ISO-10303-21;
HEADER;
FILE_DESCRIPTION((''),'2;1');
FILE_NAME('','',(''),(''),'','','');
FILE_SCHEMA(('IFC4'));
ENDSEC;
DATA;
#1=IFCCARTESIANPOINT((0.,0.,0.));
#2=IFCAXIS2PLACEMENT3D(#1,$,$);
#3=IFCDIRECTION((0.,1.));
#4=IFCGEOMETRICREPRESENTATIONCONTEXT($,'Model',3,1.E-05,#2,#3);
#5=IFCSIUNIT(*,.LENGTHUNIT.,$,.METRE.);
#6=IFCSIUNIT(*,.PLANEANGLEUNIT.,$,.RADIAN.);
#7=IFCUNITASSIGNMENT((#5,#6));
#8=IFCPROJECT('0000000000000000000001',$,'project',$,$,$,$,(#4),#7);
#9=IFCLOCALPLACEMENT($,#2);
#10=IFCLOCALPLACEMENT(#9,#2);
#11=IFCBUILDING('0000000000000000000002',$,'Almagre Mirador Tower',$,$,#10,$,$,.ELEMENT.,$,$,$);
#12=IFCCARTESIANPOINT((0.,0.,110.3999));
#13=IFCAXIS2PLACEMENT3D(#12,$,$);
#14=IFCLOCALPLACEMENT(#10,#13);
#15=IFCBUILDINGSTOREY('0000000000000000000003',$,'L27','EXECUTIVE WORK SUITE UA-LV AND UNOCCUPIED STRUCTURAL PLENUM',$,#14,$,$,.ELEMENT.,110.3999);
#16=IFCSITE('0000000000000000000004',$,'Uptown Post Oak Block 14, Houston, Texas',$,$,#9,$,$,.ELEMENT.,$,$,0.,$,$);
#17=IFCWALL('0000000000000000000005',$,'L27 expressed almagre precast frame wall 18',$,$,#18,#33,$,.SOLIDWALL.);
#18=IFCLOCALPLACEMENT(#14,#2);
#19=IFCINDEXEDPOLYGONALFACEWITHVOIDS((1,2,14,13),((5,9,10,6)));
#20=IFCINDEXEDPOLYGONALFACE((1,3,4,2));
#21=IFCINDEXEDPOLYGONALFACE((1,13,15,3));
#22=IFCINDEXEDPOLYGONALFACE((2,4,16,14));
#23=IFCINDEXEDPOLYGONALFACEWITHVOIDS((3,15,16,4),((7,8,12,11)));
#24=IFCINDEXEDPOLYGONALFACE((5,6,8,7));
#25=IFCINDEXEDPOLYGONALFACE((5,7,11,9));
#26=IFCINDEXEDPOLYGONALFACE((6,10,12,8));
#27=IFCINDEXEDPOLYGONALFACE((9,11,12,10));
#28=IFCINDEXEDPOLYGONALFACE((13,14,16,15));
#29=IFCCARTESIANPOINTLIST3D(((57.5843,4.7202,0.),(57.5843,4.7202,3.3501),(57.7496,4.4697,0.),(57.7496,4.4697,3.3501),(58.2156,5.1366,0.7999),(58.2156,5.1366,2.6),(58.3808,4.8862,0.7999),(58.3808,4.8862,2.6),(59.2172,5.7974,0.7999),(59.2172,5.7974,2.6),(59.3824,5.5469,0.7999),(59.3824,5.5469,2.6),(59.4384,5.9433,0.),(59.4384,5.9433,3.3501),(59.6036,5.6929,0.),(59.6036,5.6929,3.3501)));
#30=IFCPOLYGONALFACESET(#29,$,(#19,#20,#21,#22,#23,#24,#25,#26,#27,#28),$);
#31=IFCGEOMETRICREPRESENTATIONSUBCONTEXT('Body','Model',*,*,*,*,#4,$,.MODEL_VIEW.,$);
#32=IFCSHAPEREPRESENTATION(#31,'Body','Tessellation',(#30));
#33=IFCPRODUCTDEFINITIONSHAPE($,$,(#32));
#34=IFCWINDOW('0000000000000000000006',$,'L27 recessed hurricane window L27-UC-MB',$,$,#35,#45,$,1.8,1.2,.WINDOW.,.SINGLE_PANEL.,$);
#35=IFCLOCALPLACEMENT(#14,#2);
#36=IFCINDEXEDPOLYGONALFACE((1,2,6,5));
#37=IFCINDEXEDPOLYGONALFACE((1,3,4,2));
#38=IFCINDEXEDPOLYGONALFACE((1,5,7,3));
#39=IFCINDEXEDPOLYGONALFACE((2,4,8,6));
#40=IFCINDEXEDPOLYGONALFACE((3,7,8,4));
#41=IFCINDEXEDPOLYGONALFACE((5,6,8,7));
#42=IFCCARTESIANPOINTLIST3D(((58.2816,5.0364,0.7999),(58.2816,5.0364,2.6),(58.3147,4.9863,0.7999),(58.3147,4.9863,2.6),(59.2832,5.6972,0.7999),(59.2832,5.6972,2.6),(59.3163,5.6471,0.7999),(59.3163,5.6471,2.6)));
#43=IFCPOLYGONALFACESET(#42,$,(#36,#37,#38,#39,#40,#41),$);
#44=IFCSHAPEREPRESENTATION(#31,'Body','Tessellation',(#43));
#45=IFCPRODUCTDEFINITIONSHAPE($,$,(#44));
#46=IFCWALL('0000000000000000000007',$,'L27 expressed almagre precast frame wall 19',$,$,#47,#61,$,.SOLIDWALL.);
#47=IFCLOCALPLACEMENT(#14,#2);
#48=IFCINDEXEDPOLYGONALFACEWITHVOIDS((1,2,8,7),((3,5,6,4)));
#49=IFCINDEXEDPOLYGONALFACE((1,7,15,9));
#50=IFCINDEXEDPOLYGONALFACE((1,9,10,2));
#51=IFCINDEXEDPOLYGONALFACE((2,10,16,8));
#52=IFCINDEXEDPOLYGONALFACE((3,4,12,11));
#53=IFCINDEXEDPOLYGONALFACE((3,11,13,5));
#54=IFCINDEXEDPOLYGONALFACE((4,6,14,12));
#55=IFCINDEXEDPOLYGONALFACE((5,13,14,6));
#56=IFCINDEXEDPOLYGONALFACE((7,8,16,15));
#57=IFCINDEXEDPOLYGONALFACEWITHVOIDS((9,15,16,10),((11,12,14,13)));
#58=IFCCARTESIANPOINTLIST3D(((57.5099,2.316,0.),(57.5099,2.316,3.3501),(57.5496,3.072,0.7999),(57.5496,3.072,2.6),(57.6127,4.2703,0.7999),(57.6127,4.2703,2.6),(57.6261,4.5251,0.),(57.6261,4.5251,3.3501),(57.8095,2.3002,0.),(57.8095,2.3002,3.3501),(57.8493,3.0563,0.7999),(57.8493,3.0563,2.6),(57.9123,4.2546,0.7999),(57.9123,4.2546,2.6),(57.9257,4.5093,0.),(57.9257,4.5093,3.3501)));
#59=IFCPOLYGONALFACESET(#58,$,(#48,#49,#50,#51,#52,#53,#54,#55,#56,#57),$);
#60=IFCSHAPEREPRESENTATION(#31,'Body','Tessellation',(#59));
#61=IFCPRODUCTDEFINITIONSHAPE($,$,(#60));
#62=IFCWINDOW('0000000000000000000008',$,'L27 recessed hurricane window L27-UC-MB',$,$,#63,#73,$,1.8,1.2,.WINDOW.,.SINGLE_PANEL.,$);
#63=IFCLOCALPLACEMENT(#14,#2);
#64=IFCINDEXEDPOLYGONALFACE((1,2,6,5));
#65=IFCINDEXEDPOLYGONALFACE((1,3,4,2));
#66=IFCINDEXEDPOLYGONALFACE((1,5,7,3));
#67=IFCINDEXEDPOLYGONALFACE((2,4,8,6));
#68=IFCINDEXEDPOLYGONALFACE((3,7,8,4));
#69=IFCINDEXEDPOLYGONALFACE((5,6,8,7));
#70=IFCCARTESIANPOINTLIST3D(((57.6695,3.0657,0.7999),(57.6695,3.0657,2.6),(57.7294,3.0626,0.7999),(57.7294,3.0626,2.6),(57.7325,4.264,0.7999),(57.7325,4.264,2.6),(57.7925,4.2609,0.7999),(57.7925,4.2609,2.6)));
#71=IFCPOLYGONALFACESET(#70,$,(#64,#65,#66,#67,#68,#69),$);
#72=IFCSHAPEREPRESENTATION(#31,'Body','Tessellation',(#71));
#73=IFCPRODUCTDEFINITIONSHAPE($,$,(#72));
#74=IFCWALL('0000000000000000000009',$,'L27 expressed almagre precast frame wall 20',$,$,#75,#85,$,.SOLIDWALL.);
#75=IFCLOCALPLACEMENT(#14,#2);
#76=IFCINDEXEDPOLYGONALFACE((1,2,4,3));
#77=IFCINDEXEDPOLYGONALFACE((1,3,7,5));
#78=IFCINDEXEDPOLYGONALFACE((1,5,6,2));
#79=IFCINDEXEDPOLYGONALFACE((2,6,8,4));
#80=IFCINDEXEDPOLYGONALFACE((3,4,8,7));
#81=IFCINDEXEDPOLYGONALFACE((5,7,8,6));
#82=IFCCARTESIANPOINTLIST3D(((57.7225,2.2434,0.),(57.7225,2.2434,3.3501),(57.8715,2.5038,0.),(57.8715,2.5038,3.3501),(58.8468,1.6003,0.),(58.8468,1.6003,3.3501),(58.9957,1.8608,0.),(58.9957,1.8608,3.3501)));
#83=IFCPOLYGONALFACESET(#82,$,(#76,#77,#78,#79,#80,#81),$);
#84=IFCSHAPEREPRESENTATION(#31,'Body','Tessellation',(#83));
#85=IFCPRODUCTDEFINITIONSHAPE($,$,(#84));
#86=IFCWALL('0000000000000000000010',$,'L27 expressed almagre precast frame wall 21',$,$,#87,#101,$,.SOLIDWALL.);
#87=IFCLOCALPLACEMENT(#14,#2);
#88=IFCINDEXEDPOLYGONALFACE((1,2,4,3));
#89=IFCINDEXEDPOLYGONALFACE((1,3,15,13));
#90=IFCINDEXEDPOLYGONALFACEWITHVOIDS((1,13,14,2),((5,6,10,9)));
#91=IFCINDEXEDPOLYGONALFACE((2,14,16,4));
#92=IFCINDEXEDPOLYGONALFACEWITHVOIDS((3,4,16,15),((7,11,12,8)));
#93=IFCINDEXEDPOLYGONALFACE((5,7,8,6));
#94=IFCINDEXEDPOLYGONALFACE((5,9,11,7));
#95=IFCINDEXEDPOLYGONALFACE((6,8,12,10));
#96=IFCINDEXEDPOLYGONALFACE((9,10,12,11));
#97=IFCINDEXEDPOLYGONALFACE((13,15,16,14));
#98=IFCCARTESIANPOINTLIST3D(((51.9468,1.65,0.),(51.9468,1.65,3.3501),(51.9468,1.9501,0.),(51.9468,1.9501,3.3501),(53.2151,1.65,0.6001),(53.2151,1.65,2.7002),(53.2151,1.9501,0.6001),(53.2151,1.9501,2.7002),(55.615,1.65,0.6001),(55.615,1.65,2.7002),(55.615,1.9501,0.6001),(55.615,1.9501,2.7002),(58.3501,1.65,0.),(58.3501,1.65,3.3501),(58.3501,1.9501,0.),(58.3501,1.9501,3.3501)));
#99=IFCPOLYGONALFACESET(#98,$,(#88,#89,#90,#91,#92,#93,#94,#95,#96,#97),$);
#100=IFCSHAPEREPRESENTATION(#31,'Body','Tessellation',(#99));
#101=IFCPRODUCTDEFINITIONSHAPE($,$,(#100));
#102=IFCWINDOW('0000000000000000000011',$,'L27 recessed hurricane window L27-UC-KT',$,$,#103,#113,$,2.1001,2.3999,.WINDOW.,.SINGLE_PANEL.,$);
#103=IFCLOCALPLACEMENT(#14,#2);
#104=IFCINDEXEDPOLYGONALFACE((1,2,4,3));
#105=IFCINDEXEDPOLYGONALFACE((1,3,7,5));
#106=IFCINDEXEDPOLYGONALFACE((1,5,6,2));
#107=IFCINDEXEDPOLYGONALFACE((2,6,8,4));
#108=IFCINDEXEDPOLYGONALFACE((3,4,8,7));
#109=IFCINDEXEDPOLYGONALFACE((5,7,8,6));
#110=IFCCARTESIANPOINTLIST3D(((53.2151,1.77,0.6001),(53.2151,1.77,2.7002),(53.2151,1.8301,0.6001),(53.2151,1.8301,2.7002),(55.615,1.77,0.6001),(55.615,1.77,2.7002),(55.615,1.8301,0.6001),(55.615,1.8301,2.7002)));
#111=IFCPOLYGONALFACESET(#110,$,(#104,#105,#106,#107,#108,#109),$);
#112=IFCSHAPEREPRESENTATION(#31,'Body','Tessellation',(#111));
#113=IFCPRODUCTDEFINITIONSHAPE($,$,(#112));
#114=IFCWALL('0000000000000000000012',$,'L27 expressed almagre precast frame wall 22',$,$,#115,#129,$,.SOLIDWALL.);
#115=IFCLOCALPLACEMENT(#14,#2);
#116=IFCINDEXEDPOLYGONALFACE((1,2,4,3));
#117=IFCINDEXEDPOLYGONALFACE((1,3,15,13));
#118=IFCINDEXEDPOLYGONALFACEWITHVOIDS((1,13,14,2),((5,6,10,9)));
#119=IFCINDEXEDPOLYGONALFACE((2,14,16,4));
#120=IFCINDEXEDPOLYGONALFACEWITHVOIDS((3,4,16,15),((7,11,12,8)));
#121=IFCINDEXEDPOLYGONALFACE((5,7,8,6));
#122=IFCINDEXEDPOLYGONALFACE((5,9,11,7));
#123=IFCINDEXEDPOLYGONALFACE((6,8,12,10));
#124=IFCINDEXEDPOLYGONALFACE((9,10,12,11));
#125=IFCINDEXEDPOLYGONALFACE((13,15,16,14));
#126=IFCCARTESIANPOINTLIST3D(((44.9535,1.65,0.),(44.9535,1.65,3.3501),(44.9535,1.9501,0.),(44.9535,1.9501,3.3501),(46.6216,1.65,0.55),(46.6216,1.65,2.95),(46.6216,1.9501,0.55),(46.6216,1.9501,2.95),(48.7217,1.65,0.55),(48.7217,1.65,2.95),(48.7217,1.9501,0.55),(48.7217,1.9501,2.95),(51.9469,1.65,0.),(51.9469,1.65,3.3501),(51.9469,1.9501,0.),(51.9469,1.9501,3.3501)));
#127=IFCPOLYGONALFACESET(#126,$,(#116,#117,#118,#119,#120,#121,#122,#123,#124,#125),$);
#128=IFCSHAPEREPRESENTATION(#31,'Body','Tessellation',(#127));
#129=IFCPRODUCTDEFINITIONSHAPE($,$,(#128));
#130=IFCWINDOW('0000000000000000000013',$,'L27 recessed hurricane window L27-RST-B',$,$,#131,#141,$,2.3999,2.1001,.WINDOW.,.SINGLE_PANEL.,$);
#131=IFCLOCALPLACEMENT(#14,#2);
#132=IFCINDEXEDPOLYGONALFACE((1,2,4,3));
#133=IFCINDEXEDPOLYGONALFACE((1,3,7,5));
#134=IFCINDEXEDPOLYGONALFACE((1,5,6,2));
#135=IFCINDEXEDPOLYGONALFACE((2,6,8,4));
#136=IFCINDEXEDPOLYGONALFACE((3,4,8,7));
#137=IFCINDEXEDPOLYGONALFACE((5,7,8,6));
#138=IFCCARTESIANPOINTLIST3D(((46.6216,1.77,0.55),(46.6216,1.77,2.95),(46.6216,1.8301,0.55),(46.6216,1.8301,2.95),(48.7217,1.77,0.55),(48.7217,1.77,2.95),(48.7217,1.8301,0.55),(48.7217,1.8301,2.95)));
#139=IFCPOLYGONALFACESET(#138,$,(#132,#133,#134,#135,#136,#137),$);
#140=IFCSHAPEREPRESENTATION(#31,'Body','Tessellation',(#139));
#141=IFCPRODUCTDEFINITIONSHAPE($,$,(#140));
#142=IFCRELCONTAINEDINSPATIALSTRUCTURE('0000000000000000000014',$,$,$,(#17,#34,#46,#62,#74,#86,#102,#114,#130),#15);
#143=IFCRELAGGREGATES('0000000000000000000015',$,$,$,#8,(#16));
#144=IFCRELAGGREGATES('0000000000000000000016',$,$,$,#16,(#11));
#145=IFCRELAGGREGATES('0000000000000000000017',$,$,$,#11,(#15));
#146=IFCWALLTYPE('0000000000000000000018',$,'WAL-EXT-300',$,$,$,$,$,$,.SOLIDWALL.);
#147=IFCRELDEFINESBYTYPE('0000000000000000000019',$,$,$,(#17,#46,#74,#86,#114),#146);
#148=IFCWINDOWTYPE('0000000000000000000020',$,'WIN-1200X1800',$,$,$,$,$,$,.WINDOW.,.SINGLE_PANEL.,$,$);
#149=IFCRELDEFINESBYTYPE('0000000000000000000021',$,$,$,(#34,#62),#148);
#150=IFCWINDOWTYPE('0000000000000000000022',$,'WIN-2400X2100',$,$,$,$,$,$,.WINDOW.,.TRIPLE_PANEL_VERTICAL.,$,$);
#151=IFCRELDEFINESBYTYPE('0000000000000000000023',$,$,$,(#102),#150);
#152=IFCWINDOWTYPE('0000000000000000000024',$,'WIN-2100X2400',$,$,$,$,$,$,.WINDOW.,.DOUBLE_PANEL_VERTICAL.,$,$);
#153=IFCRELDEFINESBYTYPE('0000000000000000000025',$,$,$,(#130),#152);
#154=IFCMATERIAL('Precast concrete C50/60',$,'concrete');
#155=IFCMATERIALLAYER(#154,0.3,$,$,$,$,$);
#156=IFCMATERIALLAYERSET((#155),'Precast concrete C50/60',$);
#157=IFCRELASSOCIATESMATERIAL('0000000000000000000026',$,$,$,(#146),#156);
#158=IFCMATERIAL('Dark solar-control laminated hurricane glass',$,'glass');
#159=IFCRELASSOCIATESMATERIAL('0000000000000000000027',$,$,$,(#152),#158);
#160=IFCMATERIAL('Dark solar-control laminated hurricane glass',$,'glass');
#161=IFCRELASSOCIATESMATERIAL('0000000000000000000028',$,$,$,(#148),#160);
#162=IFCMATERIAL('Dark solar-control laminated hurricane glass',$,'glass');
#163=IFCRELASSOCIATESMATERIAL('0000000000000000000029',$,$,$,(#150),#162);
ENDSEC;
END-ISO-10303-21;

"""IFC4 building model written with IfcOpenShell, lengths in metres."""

from ifc_helpers import new_model, si_unit, direction, frame, frame_2d, origin, place, context, subcontext, project, spatial, rectangle, extrude, material, layer, layer_set, type_object, element, fill, save


model = new_model("IFC4")

# Units and contexts
model_context = context("Model", 3, precision=1e-05, world=origin(), true_north=direction((0.0, 1.0)))
body_context = subcontext(model_context, "Body", "Model", "MODEL_VIEW")
ifc_project = project(units=[si_unit("LENGTHUNIT", "METRE"), si_unit("PLANEANGLEUNIT", "RADIAN")], contexts=[model_context])

# Site, building, storey
site_placement = place(None, origin())
site = spatial("IfcSite", under=ifc_project, at=site_placement, Name="Uptown Post Oak Block 14, Houston, Texas", CompositionType="ELEMENT", RefElevation=0.0)
building_placement = place(site_placement, origin())
building = spatial("IfcBuilding", under=site, at=building_placement, Name="Almagre Mirador Tower", CompositionType="ELEMENT")
storey_placement = place(building_placement, frame((0.0, 0.0, 110.3999)))
storey = spatial("IfcBuildingStorey", under=building, at=storey_placement, Name="L27", Description="EXECUTIVE WORK SUITE UA-LV AND UNOCCUPIED STRUCTURAL PLENUM", CompositionType="ELEMENT", Elevation=110.3999)

# Shared definitions
ifc_material_1 = material(Name="Precast concrete C50/60", Category="concrete")
ifc_layer = layer(ifc_material_1, 0.3)
ifc_layer_set = layer_set([ifc_layer], Name="Precast concrete C50/60")
wall_type = type_object("IfcWallType", Name="WAL-EXT-300", PredefinedType="SOLIDWALL", material=ifc_layer_set)

# Shared definitions
ifc_material_2 = material(Name="Dark solar-control laminated hurricane glass", Category="glass")
window_type_1 = type_object("IfcWindowType", Name="WIN-2100X2400", PartitioningType="DOUBLE_PANEL_VERTICAL", PredefinedType="WINDOW", material=ifc_material_2)

# Walls, openings, windows
wall_1_placement = place(storey_placement, frame((59.521, 5.8181, 0.0), z_axis=(0.0, 0.0, 1.0), x_axis=(-0.834712, -0.550686, 0.0)))
wall_1 = element("IfcWall", 1, at=wall_1_placement, inside=storey, type_object=wall_type, Name="L27 expressed almagre precast frame wall 18", PredefinedType="SOLIDWALL", context=body_context, shape_type="SweptSolid", body=[
    extrude(rectangle(XDim=2.2212, YDim=0.3, at=frame_2d((1.1106, 0.0))), origin(), (0.0, 0.0, 1.0), 3.3501),
])
opening_1_placement = place(wall_1_placement, frame((0.2649, 0.0, 0.8)))
opening_1 = element("IfcOpeningElement", 2, at=opening_1_placement, cuts=wall_1, PredefinedType="OPENING", context=body_context, shape_type="SweptSolid", body=[
    extrude(rectangle(XDim=1.2, YDim=1.8, at=frame_2d((0.6001, 0.8999))), frame((0.0, 0.1599, 0.0), z_axis=(0.0, -1.0, 0.0), x_axis=(1.0, 0.0, 0.0)), (0.0, 0.0, 1.0), 0.32),
])
ifc_material_3 = material(Name="Dark solar-control laminated hurricane glass", Category="glass")
window_type_2 = type_object("IfcWindowType", Name="WIN-1200X1800", PartitioningType="SINGLE_PANEL", PredefinedType="WINDOW", material=ifc_material_3)
window_1_placement = place(opening_1_placement, origin())
window_1 = element("IfcWindow", 3, at=window_1_placement, inside=storey, type_object=window_type_2, Name="L27 recessed hurricane window L27-UC-MB", OverallHeight=1.8, OverallWidth=1.2, PartitioningType="SINGLE_PANEL", PredefinedType="WINDOW", context=body_context, shape_type="SweptSolid", body=[
    extrude(rectangle(XDim=1.2, YDim=1.8, at=frame_2d((0.6001, 0.8999))), frame((0.0, 0.03, 0.0), z_axis=(0.0, -1.0, 0.0), x_axis=(1.0, 0.0, 0.0)), (0.0, 0.0, 1.0), 0.0601),
])
fill(opening_1, window_1)
wall_2_placement = place(storey_placement, frame((57.7759, 4.5171, 0.0), z_axis=(0.0, 0.0, 1.0), x_axis=(-0.052536, -0.998619, 0.0)))
wall_2 = element("IfcWall", 4, at=wall_2_placement, inside=storey, type_object=wall_type, Name="L27 expressed almagre precast frame wall 19", PredefinedType="SOLIDWALL", context=body_context, shape_type="SweptSolid", body=[
    extrude(rectangle(XDim=2.2122, YDim=0.3, at=frame_2d((1.106, 0.0))), origin(), (0.0, 0.0, 1.0), 3.3501),
])
opening_2_placement = place(wall_2_placement, frame((0.2549, 0.0, 0.8)))
opening_2 = element("IfcOpeningElement", 5, at=opening_2_placement, cuts=wall_2, PredefinedType="OPENING", context=body_context, shape_type="SweptSolid", body=[
    extrude(rectangle(XDim=1.2, YDim=1.8, at=frame_2d((0.6001, 0.8999))), frame((0.0, 0.1599, 0.0), z_axis=(0.0, -1.0, 0.0), x_axis=(1.0, 0.0, 0.0)), (0.0, 0.0, 1.0), 0.32),
])
window_2_placement = place(opening_2_placement, origin())
window_2 = element("IfcWindow", 6, at=window_2_placement, inside=storey, type_object=window_type_2, Name="L27 recessed hurricane window L27-UC-MB", OverallHeight=1.8, OverallWidth=1.2, PartitioningType="SINGLE_PANEL", PredefinedType="WINDOW", context=body_context, shape_type="SweptSolid", body=[
    extrude(rectangle(XDim=1.2, YDim=1.8, at=frame_2d((0.6001, 0.8999))), frame((0.0, 0.03, 0.0), z_axis=(0.0, -1.0, 0.0), x_axis=(1.0, 0.0, 0.0)), (0.0, 0.0, 1.0), 0.0601),
])
fill(opening_2, window_2)

# Wall
wall_3_placement = place(storey_placement, frame((57.7971, 2.3735, 0.0), z_axis=(0.0, 0.0, 1.0), x_axis=(0.868034, -0.496504, 0.0)))
element("IfcWall", 7, at=wall_3_placement, inside=storey, type_object=wall_type, Name="L27 expressed almagre precast frame wall 20", PredefinedType="SOLIDWALL", context=body_context, shape_type="SweptSolid", body=[
    extrude(rectangle(XDim=1.2952, YDim=0.3, at=frame_2d((0.6475, 0.0))), origin(), (0.0, 0.0, 1.0), 3.3501),
])

# Walls, openings, windows
wall_4_placement = place(storey_placement, frame((58.3501, 1.8, 0.0), z_axis=(0.0, 0.0, 1.0), x_axis=(-1.0, 0.0, 0.0)))
wall_4 = element("IfcWall", 8, at=wall_4_placement, inside=storey, type_object=wall_type, Name="L27 expressed almagre precast frame wall 21", PredefinedType="SOLIDWALL", context=body_context, shape_type="SweptSolid", body=[
    extrude(rectangle(XDim=6.4033, YDim=0.3, at=frame_2d((3.2017, 0.0))), origin(), (0.0, 0.0, 1.0), 3.3501),
])
opening_3_placement = place(wall_4_placement, frame((2.7351, 0.0, 0.6001)))
opening_3 = element("IfcOpeningElement", 9, at=opening_3_placement, cuts=wall_4, PredefinedType="OPENING", context=body_context, shape_type="SweptSolid", body=[
    extrude(rectangle(XDim=2.3999, YDim=2.1001, at=frame_2d((1.2, 1.05))), frame((0.0, 0.1599, 0.0), z_axis=(0.0, -1.0, 0.0), x_axis=(1.0, 0.0, 0.0)), (0.0, 0.0, 1.0), 0.32),
])
ifc_material_4 = material(Name="Dark solar-control laminated hurricane glass", Category="glass")
window_type_3 = type_object("IfcWindowType", Name="WIN-2400X2100", PartitioningType="TRIPLE_PANEL_VERTICAL", PredefinedType="WINDOW", material=ifc_material_4)
window_3_placement = place(opening_3_placement, origin())
window_3 = element("IfcWindow", 10, at=window_3_placement, inside=storey, type_object=window_type_3, Name="L27 recessed hurricane window L27-UC-KT", OverallHeight=2.1001, OverallWidth=2.3999, PartitioningType="SINGLE_PANEL", PredefinedType="WINDOW", context=body_context, shape_type="SweptSolid", body=[
    extrude(rectangle(XDim=2.3999, YDim=2.1001, at=frame_2d((1.2, 1.05))), frame((0.0, 0.03, 0.0), z_axis=(0.0, -1.0, 0.0), x_axis=(1.0, 0.0, 0.0)), (0.0, 0.0, 1.0), 0.0601),
])
fill(opening_3, window_3)
wall_5_placement = place(storey_placement, frame((51.9468, 1.8, 0.0), z_axis=(0.0, 0.0, 1.0), x_axis=(-1.0, 0.0, 0.0)))
wall_5 = element("IfcWall", 11, at=wall_5_placement, inside=storey, type_object=wall_type, Name="L27 expressed almagre precast frame wall 22", PredefinedType="SOLIDWALL", context=body_context, shape_type="SweptSolid", body=[
    extrude(rectangle(XDim=6.9934, YDim=0.3, at=frame_2d((3.4966, 0.0))), origin(), (0.0, 0.0, 1.0), 3.3501),
])
opening_4_placement = place(wall_5_placement, frame((3.2251, 0.0, 0.55)))
opening_4 = element("IfcOpeningElement", 12, at=opening_4_placement, cuts=wall_5, PredefinedType="OPENING", context=body_context, shape_type="SweptSolid", body=[
    extrude(rectangle(XDim=2.1001, YDim=2.3999, at=frame_2d((1.05, 1.2))), frame((0.0, 0.1599, 0.0), z_axis=(0.0, -1.0, 0.0), x_axis=(1.0, 0.0, 0.0)), (0.0, 0.0, 1.0), 0.32),
])
window_4_placement = place(opening_4_placement, origin())
window_4 = element("IfcWindow", 13, at=window_4_placement, inside=storey, type_object=window_type_1, Name="L27 recessed hurricane window L27-RST-B", OverallHeight=2.3999, OverallWidth=2.1001, PartitioningType="SINGLE_PANEL", PredefinedType="WINDOW", context=body_context, shape_type="SweptSolid", body=[
    extrude(rectangle(XDim=2.1001, YDim=2.3999, at=frame_2d((1.05, 1.2))), frame((0.0, 0.03, 0.0), z_axis=(0.0, -1.0, 0.0), x_axis=(1.0, 0.0, 0.0)), (0.0, 0.0, 1.0), 0.0601),
])
fill(opening_4, window_4)

save(model, "model.ifc")
